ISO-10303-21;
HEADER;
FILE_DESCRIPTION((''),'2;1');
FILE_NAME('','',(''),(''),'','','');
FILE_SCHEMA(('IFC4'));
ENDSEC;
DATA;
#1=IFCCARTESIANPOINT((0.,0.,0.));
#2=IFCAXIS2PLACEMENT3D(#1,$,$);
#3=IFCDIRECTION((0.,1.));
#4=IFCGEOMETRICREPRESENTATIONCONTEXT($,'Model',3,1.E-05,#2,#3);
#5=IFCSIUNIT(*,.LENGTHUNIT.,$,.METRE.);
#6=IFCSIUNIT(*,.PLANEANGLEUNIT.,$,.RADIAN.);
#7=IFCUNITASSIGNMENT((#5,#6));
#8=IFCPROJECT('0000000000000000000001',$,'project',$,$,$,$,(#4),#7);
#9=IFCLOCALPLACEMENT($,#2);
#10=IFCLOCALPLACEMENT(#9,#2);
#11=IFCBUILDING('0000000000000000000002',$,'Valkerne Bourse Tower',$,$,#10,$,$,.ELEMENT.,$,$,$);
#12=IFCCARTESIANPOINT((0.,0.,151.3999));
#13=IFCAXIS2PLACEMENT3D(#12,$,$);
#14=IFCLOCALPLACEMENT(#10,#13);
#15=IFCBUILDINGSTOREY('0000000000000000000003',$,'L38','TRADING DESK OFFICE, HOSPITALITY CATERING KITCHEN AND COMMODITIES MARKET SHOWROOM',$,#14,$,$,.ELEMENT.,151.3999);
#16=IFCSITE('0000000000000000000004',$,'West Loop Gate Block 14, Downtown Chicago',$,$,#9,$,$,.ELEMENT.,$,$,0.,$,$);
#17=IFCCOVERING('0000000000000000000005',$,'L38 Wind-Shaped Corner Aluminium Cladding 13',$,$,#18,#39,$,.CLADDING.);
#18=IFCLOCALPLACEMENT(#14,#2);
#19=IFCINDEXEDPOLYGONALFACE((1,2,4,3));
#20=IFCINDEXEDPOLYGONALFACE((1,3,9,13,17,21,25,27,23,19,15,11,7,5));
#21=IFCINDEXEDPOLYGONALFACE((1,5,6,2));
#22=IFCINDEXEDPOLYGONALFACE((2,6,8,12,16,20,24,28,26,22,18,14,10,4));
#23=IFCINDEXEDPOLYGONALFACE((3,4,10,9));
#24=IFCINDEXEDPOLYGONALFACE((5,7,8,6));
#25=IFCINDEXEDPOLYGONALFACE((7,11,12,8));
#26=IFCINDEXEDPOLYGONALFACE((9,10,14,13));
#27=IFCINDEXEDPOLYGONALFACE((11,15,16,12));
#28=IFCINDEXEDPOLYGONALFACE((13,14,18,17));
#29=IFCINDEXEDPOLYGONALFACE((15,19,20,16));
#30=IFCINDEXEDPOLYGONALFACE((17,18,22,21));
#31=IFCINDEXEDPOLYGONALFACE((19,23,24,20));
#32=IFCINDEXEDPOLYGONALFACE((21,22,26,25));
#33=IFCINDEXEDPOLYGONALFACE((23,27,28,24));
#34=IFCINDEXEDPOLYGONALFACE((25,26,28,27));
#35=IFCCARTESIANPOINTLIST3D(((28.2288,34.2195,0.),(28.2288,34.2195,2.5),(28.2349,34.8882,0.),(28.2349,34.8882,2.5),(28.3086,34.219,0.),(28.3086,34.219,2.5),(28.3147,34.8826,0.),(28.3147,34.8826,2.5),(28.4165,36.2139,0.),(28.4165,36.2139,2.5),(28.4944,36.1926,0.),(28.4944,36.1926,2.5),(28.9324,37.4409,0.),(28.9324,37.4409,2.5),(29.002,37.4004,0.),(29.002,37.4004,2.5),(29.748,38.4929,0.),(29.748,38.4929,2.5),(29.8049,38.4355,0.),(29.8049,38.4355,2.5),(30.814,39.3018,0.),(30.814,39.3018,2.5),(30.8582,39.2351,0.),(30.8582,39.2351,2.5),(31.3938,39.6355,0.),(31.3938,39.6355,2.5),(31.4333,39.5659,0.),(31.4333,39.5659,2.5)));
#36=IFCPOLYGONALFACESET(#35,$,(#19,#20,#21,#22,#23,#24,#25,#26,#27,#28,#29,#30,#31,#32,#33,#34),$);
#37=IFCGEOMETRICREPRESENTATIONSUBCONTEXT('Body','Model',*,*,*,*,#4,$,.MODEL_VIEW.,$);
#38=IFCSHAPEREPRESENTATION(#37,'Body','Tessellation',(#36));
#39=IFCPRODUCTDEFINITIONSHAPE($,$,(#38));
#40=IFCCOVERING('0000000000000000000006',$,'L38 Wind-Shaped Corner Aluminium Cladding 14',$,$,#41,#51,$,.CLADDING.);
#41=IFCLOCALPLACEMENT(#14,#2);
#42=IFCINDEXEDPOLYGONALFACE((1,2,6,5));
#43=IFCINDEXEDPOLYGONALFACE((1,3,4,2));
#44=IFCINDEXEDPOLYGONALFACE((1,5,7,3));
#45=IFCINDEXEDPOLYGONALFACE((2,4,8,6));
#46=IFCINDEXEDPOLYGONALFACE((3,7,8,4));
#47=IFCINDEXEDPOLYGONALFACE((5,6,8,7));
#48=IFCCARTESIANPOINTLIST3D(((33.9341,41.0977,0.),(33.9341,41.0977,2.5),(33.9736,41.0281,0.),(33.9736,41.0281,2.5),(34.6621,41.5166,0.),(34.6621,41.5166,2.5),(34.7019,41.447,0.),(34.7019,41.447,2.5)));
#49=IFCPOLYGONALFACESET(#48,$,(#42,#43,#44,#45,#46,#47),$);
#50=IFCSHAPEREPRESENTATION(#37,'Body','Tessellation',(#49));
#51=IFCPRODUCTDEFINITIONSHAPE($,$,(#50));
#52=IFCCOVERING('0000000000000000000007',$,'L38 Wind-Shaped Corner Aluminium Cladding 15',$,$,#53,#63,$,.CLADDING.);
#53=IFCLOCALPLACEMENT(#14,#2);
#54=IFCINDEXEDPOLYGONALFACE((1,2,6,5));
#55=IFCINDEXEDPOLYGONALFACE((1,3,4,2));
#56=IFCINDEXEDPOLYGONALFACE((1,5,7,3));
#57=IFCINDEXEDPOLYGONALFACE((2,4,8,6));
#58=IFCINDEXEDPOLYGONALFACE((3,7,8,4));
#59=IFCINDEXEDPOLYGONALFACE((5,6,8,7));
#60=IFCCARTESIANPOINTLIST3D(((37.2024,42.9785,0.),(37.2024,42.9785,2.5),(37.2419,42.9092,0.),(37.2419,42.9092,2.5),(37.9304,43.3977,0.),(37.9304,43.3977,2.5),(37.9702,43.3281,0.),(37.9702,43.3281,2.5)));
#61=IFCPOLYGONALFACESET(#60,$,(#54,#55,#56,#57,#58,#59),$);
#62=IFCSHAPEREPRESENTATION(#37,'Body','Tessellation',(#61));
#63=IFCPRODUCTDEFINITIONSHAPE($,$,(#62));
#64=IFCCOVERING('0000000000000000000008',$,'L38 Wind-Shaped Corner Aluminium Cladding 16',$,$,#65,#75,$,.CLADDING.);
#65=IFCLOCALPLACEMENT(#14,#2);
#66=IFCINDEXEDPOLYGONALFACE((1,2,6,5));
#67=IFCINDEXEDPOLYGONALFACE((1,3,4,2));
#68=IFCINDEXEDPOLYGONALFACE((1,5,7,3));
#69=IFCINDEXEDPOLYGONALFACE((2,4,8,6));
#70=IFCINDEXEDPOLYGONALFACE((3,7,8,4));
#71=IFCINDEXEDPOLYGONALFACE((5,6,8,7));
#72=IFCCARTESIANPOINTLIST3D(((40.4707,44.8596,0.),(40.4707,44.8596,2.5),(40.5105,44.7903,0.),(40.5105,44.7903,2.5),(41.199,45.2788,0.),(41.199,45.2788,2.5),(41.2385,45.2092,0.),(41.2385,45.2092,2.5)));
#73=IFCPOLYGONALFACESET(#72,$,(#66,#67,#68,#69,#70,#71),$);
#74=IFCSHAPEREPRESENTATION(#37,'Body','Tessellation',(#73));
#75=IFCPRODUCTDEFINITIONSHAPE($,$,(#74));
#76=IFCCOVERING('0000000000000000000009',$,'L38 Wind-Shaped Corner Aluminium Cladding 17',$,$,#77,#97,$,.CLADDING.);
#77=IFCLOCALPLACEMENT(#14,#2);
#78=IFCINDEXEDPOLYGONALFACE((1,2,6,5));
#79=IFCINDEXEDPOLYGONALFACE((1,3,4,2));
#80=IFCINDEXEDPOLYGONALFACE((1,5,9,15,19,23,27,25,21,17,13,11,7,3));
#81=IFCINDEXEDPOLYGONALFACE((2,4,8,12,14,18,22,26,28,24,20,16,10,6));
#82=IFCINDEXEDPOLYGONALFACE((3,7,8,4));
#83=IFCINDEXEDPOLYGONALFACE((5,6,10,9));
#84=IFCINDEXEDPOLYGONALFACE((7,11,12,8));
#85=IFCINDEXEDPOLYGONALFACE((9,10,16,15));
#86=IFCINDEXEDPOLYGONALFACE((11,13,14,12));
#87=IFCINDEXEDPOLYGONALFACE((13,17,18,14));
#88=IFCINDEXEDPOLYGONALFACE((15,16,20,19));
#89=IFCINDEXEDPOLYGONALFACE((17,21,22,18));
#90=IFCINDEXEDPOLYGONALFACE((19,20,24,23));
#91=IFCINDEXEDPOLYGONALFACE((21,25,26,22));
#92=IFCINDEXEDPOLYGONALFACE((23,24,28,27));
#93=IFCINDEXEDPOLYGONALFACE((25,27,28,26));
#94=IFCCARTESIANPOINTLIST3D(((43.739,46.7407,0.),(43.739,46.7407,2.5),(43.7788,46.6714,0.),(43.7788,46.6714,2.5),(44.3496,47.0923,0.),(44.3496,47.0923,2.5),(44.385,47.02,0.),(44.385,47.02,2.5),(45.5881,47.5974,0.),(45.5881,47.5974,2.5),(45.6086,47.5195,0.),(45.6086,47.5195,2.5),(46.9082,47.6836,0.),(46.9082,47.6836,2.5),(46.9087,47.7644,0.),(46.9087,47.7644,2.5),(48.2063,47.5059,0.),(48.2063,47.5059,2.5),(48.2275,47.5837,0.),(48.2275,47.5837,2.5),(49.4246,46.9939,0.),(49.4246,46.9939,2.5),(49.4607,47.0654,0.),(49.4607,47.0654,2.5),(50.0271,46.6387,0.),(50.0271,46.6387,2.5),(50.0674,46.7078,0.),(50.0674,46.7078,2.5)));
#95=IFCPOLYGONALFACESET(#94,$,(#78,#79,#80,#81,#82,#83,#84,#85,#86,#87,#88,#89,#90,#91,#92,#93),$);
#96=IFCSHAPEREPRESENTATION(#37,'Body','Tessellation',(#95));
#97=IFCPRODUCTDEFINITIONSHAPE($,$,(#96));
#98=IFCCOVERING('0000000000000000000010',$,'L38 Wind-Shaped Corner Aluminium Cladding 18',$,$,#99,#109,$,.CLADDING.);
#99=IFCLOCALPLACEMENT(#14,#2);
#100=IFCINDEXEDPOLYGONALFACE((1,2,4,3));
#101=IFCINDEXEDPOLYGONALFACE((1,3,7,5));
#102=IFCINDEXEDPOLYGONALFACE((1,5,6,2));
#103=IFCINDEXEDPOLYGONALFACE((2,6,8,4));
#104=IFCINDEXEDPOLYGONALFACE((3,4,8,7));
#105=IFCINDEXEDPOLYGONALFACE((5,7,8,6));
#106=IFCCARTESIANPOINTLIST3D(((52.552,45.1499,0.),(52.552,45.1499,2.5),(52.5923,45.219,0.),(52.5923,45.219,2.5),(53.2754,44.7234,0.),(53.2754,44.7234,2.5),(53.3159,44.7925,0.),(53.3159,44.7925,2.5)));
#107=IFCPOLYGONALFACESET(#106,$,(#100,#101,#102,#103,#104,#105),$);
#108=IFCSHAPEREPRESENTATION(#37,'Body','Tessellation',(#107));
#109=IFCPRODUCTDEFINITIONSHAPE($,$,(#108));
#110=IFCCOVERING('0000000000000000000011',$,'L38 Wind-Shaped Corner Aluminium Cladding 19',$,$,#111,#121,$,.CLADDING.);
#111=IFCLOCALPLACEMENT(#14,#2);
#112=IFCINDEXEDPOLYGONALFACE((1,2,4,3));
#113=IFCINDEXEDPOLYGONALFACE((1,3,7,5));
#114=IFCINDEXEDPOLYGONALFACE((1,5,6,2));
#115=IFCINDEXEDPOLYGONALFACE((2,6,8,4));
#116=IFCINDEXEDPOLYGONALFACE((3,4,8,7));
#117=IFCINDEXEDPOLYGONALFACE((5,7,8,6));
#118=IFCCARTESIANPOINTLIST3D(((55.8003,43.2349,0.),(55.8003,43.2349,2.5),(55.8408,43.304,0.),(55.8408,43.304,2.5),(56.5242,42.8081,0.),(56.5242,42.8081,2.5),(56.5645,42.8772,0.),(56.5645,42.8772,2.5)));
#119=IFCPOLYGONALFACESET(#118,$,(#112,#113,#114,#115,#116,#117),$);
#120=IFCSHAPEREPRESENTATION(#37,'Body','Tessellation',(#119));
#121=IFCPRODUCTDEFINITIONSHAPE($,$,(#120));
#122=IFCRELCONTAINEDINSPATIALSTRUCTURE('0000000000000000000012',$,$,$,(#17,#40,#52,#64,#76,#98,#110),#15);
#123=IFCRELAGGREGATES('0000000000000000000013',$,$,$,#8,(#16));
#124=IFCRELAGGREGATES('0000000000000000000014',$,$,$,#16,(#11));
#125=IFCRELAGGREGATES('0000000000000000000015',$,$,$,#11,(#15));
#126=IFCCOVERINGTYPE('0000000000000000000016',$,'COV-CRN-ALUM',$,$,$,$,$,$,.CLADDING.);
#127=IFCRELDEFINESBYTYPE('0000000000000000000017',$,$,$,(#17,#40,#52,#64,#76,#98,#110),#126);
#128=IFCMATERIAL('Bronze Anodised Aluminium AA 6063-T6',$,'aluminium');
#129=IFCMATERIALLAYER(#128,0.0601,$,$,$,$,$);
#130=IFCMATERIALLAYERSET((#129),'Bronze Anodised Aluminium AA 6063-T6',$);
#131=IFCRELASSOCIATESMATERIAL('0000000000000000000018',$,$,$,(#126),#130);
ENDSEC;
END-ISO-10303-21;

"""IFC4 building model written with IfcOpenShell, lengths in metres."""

from ifc_helpers import new_model, si_unit, direction, frame, origin, place, context, subcontext, project, spatial, polyline, outline, extrude, material, layer, layer_set, type_object, element, save


model = new_model("IFC4")

# Units and contexts
model_context = context("Model", 3, precision=1e-05, world=origin(), true_north=direction((0.0, 1.0)))
body_context = subcontext(model_context, "Body", "Model", "MODEL_VIEW")
ifc_project = project(units=[si_unit("LENGTHUNIT", "METRE"), si_unit("PLANEANGLEUNIT", "RADIAN")], contexts=[model_context])

# Site, building, storey
site_placement = place(None, origin())
site = spatial("IfcSite", under=ifc_project, at=site_placement, Name="West Loop Gate Block 14, Downtown Chicago", CompositionType="ELEMENT", RefElevation=0.0)
building_placement = place(site_placement, origin())
building = spatial("IfcBuilding", under=site, at=building_placement, Name="Valkerne Bourse Tower", CompositionType="ELEMENT")
storey_placement = place(building_placement, frame((0.0, 0.0, 151.3999)))
storey = spatial("IfcBuildingStorey", under=building, at=storey_placement, Name="L38", Description="TRADING DESK OFFICE, HOSPITALITY CATERING KITCHEN AND COMMODITIES MARKET SHOWROOM", CompositionType="ELEMENT", Elevation=151.3999)

# Coverings
ifc_material_1 = material(Name="Bronze Anodised Aluminium AA 6063-T6", Category="aluminium")
ifc_layer_1 = layer(ifc_material_1, 0.0601)
ifc_layer_set_1 = layer_set([ifc_layer_1], Name="Bronze Anodised Aluminium AA 6063-T6")
covering_type = type_object("IfcCoveringType", Name="COV-CRN-ALUM", PredefinedType="CLADDING", material=ifc_layer_set_1)
covering_1_placement = place(storey_placement, origin())
element("IfcCovering", 1, at=covering_1_placement, inside=storey, type_object=covering_type, Name="L38 Wind-Shaped Corner Aluminium Cladding 13", PredefinedType="CLADDING", context=body_context, shape_type="SweptSolid", body=[
    extrude(outline(polyline([(28.2349, 34.8882), (28.4165, 36.2139), (28.9324, 37.4409), (29.748, 38.4929), (30.814, 39.3018), (31.3938, 39.6355), (31.4333, 39.5659), (30.8582, 39.2351), (29.8049, 38.4355), (29.002, 37.4004), (28.4944, 36.1926), (28.3147, 34.8826), (28.3086, 34.219), (28.2288, 34.2195), (28.2349, 34.8882)])), origin(), (0.0, 0.0, 1.0), 2.5),
])
covering_2_placement = place(storey_placement, origin())
element("IfcCovering", 2, at=covering_2_placement, inside=storey, type_object=covering_type, Name="L38 Wind-Shaped Corner Aluminium Cladding 14", PredefinedType="CLADDING", context=body_context, shape_type="SweptSolid", body=[
    extrude(outline(polyline([(34.6621, 41.5166), (34.7019, 41.447), (33.9736, 41.0281), (33.9341, 41.0977), (34.6621, 41.5166)])), origin(), (0.0, 0.0, 1.0), 2.5),
])
covering_3_placement = place(storey_placement, origin())
element("IfcCovering", 3, at=covering_3_placement, inside=storey, type_object=covering_type, Name="L38 Wind-Shaped Corner Aluminium Cladding 15", PredefinedType="CLADDING", context=body_context, shape_type="SweptSolid", body=[
    extrude(outline(polyline([(37.9304, 43.3977), (37.9702, 43.3281), (37.2419, 42.9092), (37.2024, 42.9785), (37.9304, 43.3977)])), origin(), (0.0, 0.0, 1.0), 2.5),
])
covering_4_placement = place(storey_placement, origin())
element("IfcCovering", 4, at=covering_4_placement, inside=storey, type_object=covering_type, Name="L38 Wind-Shaped Corner Aluminium Cladding 16", PredefinedType="CLADDING", context=body_context, shape_type="SweptSolid", body=[
    extrude(outline(polyline([(41.199, 45.2788), (41.2385, 45.2092), (40.5105, 44.7903), (40.4707, 44.8596), (41.199, 45.2788)])), origin(), (0.0, 0.0, 1.0), 2.5),
])
covering_5_placement = place(storey_placement, origin())
element("IfcCovering", 5, at=covering_5_placement, inside=storey, type_object=covering_type, Name="L38 Wind-Shaped Corner Aluminium Cladding 17", PredefinedType="CLADDING", context=body_context, shape_type="SweptSolid", body=[
    extrude(outline(polyline([(44.3496, 47.0923), (45.5881, 47.5974), (46.9087, 47.7644), (48.2275, 47.5837), (49.4607, 47.0654), (50.0674, 46.7078), (50.0271, 46.6387), (49.4246, 46.9939), (48.2063, 47.5059), (46.9082, 47.6836), (45.6086, 47.5195), (44.385, 47.02), (43.7788, 46.6714), (43.739, 46.7407), (44.3496, 47.0923)])), origin(), (0.0, 0.0, 1.0), 2.5),
])
covering_6_placement = place(storey_placement, origin())
element("IfcCovering", 6, at=covering_6_placement, inside=storey, type_object=covering_type, Name="L38 Wind-Shaped Corner Aluminium Cladding 18", PredefinedType="CLADDING", context=body_context, shape_type="SweptSolid", body=[
    extrude(outline(polyline([(53.3159, 44.7925), (53.2754, 44.7234), (52.552, 45.1499), (52.5923, 45.219), (53.3159, 44.7925)])), origin(), (0.0, 0.0, 1.0), 2.5),
])
covering_7_placement = place(storey_placement, origin())
element("IfcCovering", 7, at=covering_7_placement, inside=storey, type_object=covering_type, Name="L38 Wind-Shaped Corner Aluminium Cladding 19", PredefinedType="CLADDING", context=body_context, shape_type="SweptSolid", body=[
    extrude(outline(polyline([(56.5645, 42.8772), (56.5242, 42.8081), (55.8003, 43.2349), (55.8408, 43.304), (56.5645, 42.8772)])), origin(), (0.0, 0.0, 1.0), 2.5),
])

save(model, "model.ifc")
